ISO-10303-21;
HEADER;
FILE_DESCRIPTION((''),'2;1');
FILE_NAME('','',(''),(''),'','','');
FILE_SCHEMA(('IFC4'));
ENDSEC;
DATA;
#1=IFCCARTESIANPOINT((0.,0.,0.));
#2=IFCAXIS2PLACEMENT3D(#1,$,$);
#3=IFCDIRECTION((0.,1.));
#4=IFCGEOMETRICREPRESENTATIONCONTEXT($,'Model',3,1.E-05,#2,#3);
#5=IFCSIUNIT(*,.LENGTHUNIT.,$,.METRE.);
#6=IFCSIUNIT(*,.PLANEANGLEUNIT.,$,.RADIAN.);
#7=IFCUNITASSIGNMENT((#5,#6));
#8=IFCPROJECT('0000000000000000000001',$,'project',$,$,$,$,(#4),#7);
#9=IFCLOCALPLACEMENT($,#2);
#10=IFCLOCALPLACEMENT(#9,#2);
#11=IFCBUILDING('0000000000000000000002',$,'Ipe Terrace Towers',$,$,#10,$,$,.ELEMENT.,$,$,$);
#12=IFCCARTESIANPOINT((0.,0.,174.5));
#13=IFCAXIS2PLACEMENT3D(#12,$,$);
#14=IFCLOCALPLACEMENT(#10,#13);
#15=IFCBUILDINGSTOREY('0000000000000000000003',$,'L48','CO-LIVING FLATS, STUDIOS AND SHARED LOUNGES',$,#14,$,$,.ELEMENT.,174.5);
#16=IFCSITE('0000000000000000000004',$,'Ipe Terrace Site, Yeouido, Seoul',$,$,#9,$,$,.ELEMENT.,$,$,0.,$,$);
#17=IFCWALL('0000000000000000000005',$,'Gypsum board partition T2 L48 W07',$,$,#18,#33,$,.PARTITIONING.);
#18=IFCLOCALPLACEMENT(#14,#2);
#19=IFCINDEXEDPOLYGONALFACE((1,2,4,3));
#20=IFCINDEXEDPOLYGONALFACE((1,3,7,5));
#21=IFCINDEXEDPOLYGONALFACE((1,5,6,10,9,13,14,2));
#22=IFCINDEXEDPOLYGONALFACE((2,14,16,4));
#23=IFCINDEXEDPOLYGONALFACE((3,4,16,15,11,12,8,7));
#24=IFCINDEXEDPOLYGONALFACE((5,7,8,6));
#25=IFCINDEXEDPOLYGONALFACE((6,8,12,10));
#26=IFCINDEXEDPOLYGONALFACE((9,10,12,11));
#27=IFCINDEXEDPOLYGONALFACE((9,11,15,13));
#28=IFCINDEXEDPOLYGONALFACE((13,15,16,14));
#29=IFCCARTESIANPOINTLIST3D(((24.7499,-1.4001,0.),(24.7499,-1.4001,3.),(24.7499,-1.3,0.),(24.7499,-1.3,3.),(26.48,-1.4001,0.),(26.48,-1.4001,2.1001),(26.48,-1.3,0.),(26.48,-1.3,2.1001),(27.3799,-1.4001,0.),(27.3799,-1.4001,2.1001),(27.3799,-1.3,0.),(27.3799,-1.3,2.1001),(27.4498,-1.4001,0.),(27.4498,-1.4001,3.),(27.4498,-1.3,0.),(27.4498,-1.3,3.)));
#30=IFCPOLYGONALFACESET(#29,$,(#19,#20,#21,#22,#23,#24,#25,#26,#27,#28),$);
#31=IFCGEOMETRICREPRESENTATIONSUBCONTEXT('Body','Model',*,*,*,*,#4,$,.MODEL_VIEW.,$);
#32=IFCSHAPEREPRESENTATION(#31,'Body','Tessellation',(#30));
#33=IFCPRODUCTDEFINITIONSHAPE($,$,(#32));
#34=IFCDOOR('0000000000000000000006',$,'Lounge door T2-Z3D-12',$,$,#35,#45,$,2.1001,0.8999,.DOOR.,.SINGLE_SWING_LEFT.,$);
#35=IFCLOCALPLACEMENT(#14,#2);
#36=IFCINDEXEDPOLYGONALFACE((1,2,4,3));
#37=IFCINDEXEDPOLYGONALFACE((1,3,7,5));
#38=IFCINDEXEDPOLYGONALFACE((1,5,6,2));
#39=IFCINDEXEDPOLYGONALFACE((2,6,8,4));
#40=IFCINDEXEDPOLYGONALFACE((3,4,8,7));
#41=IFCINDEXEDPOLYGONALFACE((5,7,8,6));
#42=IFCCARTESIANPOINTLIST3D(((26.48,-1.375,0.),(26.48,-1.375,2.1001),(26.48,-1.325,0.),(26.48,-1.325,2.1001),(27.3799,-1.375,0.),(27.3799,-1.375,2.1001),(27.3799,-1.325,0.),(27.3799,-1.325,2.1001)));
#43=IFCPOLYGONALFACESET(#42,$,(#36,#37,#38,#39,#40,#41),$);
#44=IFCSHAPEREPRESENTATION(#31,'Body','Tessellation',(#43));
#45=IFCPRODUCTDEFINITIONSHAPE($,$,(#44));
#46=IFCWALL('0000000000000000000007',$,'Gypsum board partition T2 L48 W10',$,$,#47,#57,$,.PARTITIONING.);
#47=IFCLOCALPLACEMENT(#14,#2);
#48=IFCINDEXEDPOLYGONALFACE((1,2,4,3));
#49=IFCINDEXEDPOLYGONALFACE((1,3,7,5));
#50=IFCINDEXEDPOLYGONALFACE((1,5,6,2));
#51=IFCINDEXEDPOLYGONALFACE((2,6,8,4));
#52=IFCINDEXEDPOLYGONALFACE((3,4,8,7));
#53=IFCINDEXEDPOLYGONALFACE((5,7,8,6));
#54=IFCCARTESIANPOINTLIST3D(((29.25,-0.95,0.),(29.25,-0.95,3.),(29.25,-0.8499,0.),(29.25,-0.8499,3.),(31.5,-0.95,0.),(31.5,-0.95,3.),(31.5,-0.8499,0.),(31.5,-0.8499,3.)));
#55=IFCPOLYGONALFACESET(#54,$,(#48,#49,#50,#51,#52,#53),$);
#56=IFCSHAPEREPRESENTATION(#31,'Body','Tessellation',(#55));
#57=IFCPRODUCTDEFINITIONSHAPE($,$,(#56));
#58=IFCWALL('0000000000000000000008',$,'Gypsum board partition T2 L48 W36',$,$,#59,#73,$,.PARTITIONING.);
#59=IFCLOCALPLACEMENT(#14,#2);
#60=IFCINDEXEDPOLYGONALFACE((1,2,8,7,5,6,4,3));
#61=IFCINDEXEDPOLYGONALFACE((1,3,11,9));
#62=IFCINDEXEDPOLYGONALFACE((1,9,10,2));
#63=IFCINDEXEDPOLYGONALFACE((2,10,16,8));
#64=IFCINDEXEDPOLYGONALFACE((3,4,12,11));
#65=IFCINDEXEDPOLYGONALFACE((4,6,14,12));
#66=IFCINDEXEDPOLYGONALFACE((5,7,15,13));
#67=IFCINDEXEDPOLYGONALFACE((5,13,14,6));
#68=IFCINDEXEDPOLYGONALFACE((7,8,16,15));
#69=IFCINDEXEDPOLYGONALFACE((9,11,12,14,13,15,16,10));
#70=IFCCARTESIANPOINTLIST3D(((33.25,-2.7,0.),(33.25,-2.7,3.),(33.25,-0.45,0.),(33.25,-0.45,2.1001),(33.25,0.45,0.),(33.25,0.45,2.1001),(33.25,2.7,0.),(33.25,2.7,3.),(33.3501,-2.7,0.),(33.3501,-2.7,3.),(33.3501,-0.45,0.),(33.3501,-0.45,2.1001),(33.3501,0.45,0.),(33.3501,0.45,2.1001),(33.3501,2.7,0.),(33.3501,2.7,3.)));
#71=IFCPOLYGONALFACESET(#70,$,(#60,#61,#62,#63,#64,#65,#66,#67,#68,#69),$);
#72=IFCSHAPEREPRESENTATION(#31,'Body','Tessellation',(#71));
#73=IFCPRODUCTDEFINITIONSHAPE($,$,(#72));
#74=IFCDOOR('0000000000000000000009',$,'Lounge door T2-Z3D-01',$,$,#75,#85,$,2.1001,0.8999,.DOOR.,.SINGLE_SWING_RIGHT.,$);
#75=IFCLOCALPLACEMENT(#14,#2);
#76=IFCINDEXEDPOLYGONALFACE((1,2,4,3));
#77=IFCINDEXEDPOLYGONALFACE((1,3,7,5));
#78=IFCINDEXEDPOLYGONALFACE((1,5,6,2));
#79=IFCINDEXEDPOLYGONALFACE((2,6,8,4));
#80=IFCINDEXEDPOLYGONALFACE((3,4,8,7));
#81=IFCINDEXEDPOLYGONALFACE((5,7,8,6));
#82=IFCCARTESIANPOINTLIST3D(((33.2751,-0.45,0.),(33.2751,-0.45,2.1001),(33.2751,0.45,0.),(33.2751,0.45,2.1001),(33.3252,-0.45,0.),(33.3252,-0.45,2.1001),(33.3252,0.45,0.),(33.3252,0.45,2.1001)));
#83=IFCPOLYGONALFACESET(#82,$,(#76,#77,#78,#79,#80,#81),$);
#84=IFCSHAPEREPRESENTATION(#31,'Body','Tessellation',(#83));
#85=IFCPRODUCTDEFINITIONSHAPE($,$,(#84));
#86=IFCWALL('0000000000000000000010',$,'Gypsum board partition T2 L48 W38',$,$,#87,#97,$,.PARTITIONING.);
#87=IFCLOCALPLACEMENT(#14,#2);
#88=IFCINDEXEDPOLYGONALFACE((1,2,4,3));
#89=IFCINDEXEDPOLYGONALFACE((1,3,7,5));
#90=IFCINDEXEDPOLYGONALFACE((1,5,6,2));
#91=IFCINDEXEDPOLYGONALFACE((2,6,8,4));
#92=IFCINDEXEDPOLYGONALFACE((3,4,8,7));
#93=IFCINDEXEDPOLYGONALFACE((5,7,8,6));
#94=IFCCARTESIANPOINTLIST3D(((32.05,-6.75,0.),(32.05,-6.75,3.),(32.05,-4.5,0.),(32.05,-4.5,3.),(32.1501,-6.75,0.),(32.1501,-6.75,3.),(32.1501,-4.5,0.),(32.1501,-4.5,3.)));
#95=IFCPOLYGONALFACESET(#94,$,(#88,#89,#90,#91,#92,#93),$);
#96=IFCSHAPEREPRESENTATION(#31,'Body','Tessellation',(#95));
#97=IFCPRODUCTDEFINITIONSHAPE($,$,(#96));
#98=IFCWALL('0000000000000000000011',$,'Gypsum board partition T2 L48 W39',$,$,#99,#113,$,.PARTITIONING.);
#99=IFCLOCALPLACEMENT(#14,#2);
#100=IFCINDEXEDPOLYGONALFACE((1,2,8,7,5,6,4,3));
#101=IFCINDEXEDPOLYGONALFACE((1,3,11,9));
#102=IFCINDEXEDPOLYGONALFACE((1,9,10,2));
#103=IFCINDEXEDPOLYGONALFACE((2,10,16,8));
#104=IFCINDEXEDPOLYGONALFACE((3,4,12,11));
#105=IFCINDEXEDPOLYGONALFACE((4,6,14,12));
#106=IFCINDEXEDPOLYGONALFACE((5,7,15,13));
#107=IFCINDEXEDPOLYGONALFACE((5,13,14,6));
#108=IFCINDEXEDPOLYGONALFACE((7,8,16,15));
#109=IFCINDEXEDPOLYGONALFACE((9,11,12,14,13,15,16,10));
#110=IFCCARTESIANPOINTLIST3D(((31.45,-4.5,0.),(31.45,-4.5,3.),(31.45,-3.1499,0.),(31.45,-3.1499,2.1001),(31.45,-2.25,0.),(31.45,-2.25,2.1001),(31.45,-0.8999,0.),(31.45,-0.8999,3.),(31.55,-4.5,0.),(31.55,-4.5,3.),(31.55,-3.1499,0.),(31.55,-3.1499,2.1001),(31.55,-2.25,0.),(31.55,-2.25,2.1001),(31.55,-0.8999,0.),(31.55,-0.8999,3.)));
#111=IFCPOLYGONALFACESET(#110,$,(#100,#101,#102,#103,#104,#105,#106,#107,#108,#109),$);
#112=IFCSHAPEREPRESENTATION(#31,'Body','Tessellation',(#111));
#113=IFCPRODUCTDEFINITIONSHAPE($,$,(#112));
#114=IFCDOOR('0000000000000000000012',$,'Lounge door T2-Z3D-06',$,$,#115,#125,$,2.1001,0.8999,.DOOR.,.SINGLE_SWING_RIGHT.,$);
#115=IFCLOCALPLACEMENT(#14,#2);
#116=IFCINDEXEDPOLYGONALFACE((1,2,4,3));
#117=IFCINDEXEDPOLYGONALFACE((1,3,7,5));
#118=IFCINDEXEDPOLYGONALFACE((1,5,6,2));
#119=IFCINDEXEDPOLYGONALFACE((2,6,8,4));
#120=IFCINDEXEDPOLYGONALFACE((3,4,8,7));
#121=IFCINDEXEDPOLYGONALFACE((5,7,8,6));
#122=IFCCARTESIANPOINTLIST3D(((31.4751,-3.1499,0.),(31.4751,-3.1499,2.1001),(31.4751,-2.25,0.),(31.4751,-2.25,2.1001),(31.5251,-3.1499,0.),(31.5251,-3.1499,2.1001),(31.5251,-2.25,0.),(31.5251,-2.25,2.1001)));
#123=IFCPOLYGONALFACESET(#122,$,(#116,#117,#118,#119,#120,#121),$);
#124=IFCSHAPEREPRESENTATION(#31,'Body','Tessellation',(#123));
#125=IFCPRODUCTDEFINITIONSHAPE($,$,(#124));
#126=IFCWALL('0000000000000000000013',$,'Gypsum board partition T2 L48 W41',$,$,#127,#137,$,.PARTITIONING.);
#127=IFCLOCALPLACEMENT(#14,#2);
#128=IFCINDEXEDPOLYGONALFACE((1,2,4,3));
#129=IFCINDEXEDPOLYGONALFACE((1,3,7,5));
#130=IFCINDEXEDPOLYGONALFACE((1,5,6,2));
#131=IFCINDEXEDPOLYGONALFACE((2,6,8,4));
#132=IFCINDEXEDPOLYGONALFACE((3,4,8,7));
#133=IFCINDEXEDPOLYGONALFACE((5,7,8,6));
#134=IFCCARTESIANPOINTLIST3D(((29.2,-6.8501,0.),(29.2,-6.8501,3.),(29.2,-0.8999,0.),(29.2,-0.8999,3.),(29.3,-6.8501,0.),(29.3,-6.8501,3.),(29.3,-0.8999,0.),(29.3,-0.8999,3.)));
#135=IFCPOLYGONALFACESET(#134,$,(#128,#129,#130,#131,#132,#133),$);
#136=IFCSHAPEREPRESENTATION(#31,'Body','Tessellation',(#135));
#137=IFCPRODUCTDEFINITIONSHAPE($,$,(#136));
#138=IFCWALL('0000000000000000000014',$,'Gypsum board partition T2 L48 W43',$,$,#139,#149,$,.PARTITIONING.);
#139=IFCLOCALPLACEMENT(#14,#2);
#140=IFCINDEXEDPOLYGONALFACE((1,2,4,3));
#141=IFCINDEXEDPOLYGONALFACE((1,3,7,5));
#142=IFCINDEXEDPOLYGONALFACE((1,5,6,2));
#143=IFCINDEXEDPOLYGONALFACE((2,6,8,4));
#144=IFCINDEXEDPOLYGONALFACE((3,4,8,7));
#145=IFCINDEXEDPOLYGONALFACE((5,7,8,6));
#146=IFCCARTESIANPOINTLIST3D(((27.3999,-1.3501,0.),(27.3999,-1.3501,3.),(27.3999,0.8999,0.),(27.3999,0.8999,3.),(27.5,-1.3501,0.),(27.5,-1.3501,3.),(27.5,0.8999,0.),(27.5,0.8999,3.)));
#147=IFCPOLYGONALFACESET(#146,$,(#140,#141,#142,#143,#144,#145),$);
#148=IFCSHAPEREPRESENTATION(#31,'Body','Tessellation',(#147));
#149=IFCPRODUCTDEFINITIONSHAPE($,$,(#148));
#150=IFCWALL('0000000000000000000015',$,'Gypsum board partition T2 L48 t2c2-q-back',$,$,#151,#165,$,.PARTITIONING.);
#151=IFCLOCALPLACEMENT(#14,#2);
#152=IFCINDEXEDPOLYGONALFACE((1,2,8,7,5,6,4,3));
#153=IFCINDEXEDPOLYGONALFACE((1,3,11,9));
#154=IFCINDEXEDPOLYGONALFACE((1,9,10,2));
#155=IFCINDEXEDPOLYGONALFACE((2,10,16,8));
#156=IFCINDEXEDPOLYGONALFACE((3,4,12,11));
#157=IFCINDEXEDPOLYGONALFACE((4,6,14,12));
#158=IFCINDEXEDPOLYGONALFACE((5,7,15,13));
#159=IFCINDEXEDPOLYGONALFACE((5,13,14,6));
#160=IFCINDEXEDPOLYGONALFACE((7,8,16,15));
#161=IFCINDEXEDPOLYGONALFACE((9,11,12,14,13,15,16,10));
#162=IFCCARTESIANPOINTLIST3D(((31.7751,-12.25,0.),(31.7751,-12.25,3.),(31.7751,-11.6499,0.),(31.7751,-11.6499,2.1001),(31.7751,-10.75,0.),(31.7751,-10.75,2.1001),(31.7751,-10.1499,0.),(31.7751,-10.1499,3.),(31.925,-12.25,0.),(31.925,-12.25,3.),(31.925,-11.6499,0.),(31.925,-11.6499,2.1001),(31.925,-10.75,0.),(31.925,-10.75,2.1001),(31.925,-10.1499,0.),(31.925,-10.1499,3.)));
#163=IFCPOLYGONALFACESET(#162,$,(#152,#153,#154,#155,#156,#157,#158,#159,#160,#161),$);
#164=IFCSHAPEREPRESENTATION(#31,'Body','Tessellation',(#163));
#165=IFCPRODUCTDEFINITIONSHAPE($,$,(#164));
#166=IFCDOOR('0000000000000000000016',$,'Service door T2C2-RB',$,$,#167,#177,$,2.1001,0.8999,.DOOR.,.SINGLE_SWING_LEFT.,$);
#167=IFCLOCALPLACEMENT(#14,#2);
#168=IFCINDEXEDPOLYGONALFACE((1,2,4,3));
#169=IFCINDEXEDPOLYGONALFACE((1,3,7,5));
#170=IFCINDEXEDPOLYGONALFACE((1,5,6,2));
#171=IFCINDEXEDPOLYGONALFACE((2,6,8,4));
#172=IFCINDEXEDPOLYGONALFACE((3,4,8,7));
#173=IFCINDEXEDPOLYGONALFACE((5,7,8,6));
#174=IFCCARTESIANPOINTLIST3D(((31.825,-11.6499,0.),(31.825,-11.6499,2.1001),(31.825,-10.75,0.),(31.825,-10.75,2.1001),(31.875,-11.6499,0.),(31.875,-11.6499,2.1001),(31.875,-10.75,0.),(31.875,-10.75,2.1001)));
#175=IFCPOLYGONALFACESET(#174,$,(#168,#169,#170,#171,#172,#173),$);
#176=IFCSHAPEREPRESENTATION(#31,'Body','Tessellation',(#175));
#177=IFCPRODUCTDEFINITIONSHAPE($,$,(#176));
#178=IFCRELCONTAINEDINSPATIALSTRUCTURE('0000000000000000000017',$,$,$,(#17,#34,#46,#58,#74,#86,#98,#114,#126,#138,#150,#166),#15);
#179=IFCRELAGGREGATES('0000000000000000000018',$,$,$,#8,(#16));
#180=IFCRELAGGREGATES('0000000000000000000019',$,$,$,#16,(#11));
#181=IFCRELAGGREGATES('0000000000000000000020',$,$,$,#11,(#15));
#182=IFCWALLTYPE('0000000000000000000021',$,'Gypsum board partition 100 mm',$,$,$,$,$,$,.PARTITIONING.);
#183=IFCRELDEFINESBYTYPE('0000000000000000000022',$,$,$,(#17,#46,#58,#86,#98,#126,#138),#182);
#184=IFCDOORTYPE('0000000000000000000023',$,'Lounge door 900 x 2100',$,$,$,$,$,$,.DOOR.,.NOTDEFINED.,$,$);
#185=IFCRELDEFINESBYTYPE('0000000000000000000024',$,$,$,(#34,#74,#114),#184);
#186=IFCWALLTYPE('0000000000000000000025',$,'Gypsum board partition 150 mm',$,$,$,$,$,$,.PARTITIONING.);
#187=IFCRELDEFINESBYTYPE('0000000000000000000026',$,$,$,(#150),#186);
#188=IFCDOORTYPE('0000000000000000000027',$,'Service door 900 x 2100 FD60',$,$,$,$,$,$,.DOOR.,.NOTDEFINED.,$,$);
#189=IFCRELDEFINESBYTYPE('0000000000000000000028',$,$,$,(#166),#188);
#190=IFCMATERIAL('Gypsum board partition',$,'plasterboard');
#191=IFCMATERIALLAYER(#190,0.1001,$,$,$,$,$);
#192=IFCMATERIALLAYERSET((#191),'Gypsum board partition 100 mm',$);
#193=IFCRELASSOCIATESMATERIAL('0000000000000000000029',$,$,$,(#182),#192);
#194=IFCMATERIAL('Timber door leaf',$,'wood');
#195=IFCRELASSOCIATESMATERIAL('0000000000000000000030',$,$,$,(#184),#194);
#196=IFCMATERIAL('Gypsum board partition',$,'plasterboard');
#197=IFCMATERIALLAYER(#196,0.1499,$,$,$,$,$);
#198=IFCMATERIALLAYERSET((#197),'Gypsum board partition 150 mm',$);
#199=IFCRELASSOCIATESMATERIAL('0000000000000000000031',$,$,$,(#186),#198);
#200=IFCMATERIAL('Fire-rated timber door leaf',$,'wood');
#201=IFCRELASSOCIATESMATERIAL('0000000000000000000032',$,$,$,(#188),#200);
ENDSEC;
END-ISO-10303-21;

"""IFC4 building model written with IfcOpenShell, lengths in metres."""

from ifc_helpers import new_model, si_unit, direction, frame, frame_2d, origin, place, context, subcontext, project, spatial, rectangle, extrude, material, layer, layer_set, type_object, element, fill, save


model = new_model("IFC4")

# Units and contexts
model_context = context("Model", 3, precision=1e-05, world=origin(), true_north=direction((0.0, 1.0)))
body_context = subcontext(model_context, "Body", "Model", "MODEL_VIEW")
ifc_project = project(units=[si_unit("LENGTHUNIT", "METRE"), si_unit("PLANEANGLEUNIT", "RADIAN")], contexts=[model_context])

# Site, building, storey
site_placement = place(None, origin())
site = spatial("IfcSite", under=ifc_project, at=site_placement, Name="Ipe Terrace Site, Yeouido, Seoul", CompositionType="ELEMENT", RefElevation=0.0)
building_placement = place(site_placement, origin())
building = spatial("IfcBuilding", under=site, at=building_placement, Name="Ipe Terrace Towers", CompositionType="ELEMENT")
storey_placement = place(building_placement, frame((0.0, 0.0, 174.5)))
storey = spatial("IfcBuildingStorey", under=building, at=storey_placement, Name="L48", Description="CO-LIVING FLATS, STUDIOS AND SHARED LOUNGES", CompositionType="ELEMENT", Elevation=174.5)

# Wall, opening, door
ifc_material_1 = material(Name="Gypsum board partition", Category="plasterboard")
ifc_layer_1 = layer(ifc_material_1, 0.1001)
ifc_layer_set_1 = layer_set([ifc_layer_1], Name="Gypsum board partition 100 mm")
wall_type_1 = type_object("IfcWallType", Name="Gypsum board partition 100 mm", PredefinedType="PARTITIONING", material=ifc_layer_set_1)
ifc_material_2 = material(Name="Timber door leaf", Category="wood")
door_type_1 = type_object("IfcDoorType", Name="Lounge door 900 x 2100", OperationType="NOTDEFINED", PredefinedType="DOOR", material=ifc_material_2)
wall_1_placement = place(storey_placement, frame((27.45, -1.3501, 0.0), z_axis=(0.0, 0.0, 1.0), x_axis=(-1.0, 0.0, 0.0)))
wall_1 = element("IfcWall", 1, at=wall_1_placement, inside=storey, type_object=wall_type_1, Name="Gypsum board partition T2 L48 W07", PredefinedType="PARTITIONING", context=body_context, shape_type="SweptSolid", body=[
    extrude(rectangle(XDim=2.7, YDim=0.1001, at=frame_2d((1.3501, 0.0))), origin(), (0.0, 0.0, 1.0), 3.0),
])
opening_1_placement = place(wall_1_placement, frame((0.0701, 0.0, 0.0)))
opening_1 = element("IfcOpeningElement", 2, at=opening_1_placement, cuts=wall_1, PredefinedType="OPENING", context=body_context, shape_type="SweptSolid", body=[
    extrude(rectangle(XDim=0.8999, YDim=2.1001, at=frame_2d((0.45, 1.05))), frame((0.0, 0.0601, 0.0), z_axis=(0.0, -1.0, 0.0), x_axis=(1.0, 0.0, 0.0)), (0.0, 0.0, 1.0), 0.1201),
])
door_1_placement = place(opening_1_placement, origin())
door_1 = element("IfcDoor", 3, at=door_1_placement, inside=storey, type_object=door_type_1, Name="Lounge door T2-Z3D-12", OperationType="SINGLE_SWING_LEFT", OverallHeight=2.1001, OverallWidth=0.8999, PredefinedType="DOOR", context=body_context, shape_type="SweptSolid", body=[
    extrude(rectangle(XDim=0.8999, YDim=2.1001, at=frame_2d((0.45, 1.05))), frame((0.0, 0.0249, 0.0), z_axis=(0.0, -1.0, 0.0), x_axis=(1.0, 0.0, 0.0)), (0.0, 0.0, 1.0), 0.05),
])
fill(opening_1, door_1)

# Wall
wall_2_placement = place(storey_placement, frame((31.5, -0.8999, 0.0), z_axis=(0.0, 0.0, 1.0), x_axis=(-1.0, 0.0, 0.0)))
element("IfcWall", 4, at=wall_2_placement, inside=storey, type_object=wall_type_1, Name="Gypsum board partition T2 L48 W10", PredefinedType="PARTITIONING", context=body_context, shape_type="SweptSolid", body=[
    extrude(rectangle(XDim=2.25, YDim=0.1001, at=frame_2d((1.125, 0.0))), origin(), (0.0, 0.0, 1.0), 3.0),
])

# Wall, opening, door
wall_3_placement = place(storey_placement, frame((33.3, -2.7, 0.0), z_axis=(0.0, 0.0, 1.0), x_axis=(0.0, 1.0, 0.0)))
wall_3 = element("IfcWall", 5, at=wall_3_placement, inside=storey, type_object=wall_type_1, Name="Gypsum board partition T2 L48 W36", PredefinedType="PARTITIONING", context=body_context, shape_type="SweptSolid", body=[
    extrude(rectangle(XDim=5.3999, YDim=0.1001, at=frame_2d((2.7, 0.0))), origin(), (0.0, 0.0, 1.0), 3.0),
])
opening_2_placement = place(wall_3_placement, frame((2.25, 0.0, 0.0)))
opening_2 = element("IfcOpeningElement", 6, at=opening_2_placement, cuts=wall_3, PredefinedType="OPENING", context=body_context, shape_type="SweptSolid", body=[
    extrude(rectangle(XDim=0.8999, YDim=2.1001, at=frame_2d((0.45, 1.05))), frame((0.0, 0.0601, 0.0), z_axis=(0.0, -1.0, 0.0), x_axis=(1.0, 0.0, 0.0)), (0.0, 0.0, 1.0), 0.1201),
])
door_2_placement = place(opening_2_placement, origin())
door_2 = element("IfcDoor", 7, at=door_2_placement, inside=storey, type_object=door_type_1, Name="Lounge door T2-Z3D-01", OperationType="SINGLE_SWING_RIGHT", OverallHeight=2.1001, OverallWidth=0.8999, PredefinedType="DOOR", context=body_context, shape_type="SweptSolid", body=[
    extrude(rectangle(XDim=0.8999, YDim=2.1001, at=frame_2d((0.45, 1.05))), frame((0.0, 0.0249, 0.0), z_axis=(0.0, -1.0, 0.0), x_axis=(1.0, 0.0, 0.0)), (0.0, 0.0, 1.0), 0.05),
])
fill(opening_2, door_2)

# Wall
wall_4_placement = place(storey_placement, frame((32.1001, -6.75, 0.0), z_axis=(0.0, 0.0, 1.0), x_axis=(0.0, 1.0, 0.0)))
element("IfcWall", 8, at=wall_4_placement, inside=storey, type_object=wall_type_1, Name="Gypsum board partition T2 L48 W38", PredefinedType="PARTITIONING", context=body_context, shape_type="SweptSolid", body=[
    extrude(rectangle(XDim=2.25, YDim=0.1001, at=frame_2d((1.125, 0.0))), origin(), (0.0, 0.0, 1.0), 3.0),
])

# Wall, opening, door
wall_5_placement = place(storey_placement, frame((31.5, -4.5, 0.0), z_axis=(0.0, 0.0, 1.0), x_axis=(0.0, 1.0, 0.0)))
wall_5 = element("IfcWall", 9, at=wall_5_placement, inside=storey, type_object=wall_type_1, Name="Gypsum board partition T2 L48 W39", PredefinedType="PARTITIONING", context=body_context, shape_type="SweptSolid", body=[
    extrude(rectangle(XDim=3.6001, YDim=0.1001, at=frame_2d((1.8, 0.0))), origin(), (0.0, 0.0, 1.0), 3.0),
])
opening_3_placement = place(wall_5_placement, frame((1.3501, 0.0, 0.0)))
opening_3 = element("IfcOpeningElement", 10, at=opening_3_placement, cuts=wall_5, PredefinedType="OPENING", context=body_context, shape_type="SweptSolid", body=[
    extrude(rectangle(XDim=0.8999, YDim=2.1001, at=frame_2d((0.45, 1.05))), frame((0.0, 0.0601, 0.0), z_axis=(0.0, -1.0, 0.0), x_axis=(1.0, 0.0, 0.0)), (0.0, 0.0, 1.0), 0.1201),
])
door_3_placement = place(opening_3_placement, origin())
door_3 = element("IfcDoor", 11, at=door_3_placement, inside=storey, type_object=door_type_1, Name="Lounge door T2-Z3D-06", OperationType="SINGLE_SWING_RIGHT", OverallHeight=2.1001, OverallWidth=0.8999, PredefinedType="DOOR", context=body_context, shape_type="SweptSolid", body=[
    extrude(rectangle(XDim=0.8999, YDim=2.1001, at=frame_2d((0.45, 1.05))), frame((0.0, 0.0249, 0.0), z_axis=(0.0, -1.0, 0.0), x_axis=(1.0, 0.0, 0.0)), (0.0, 0.0, 1.0), 0.05),
])
fill(opening_3, door_3)

# Walls
wall_6_placement = place(storey_placement, frame((29.25, -6.8501, 0.0), z_axis=(0.0, 0.0, 1.0), x_axis=(0.0, 1.0, 0.0)))
element("IfcWall", 12, at=wall_6_placement, inside=storey, type_object=wall_type_1, Name="Gypsum board partition T2 L48 W41", PredefinedType="PARTITIONING", context=body_context, shape_type="SweptSolid", body=[
    extrude(rectangle(XDim=5.9502, YDim=0.1001, at=frame_2d((2.9751, 0.0))), origin(), (0.0, 0.0, 1.0), 3.0),
])
wall_7_placement = place(storey_placement, frame((27.45, -1.3501, 0.0), z_axis=(0.0, 0.0, 1.0), x_axis=(0.0, 1.0, 0.0)))
element("IfcWall", 13, at=wall_7_placement, inside=storey, type_object=wall_type_1, Name="Gypsum board partition T2 L48 W43", PredefinedType="PARTITIONING", context=body_context, shape_type="SweptSolid", body=[
    extrude(rectangle(XDim=2.25, YDim=0.1001, at=frame_2d((1.125, 0.0))), origin(), (0.0, 0.0, 1.0), 3.0),
])

# Wall, opening, door
ifc_material_3 = material(Name="Gypsum board partition", Category="plasterboard")
ifc_layer_2 = layer(ifc_material_3, 0.1499)
ifc_layer_set_2 = layer_set([ifc_layer_2], Name="Gypsum board partition 150 mm")
wall_type_2 = type_object("IfcWallType", Name="Gypsum board partition 150 mm", PredefinedType="PARTITIONING", material=ifc_layer_set_2)
wall_8_placement = place(storey_placement, frame((31.8501, -10.1499, 0.0), z_axis=(0.0, 0.0, 1.0), x_axis=(0.0, -1.0, 0.0)))
wall_8 = element("IfcWall", 14, at=wall_8_placement, inside=storey, type_object=wall_type_2, Name="Gypsum board partition T2 L48 t2c2-q-back", PredefinedType="PARTITIONING", context=body_context, shape_type="SweptSolid", body=[
    extrude(rectangle(XDim=2.1001, YDim=0.1499, at=frame_2d((1.05, 0.0))), origin(), (0.0, 0.0, 1.0), 3.0),
])
opening_4_placement = place(wall_8_placement, frame((0.6001, 0.0, 0.0)))
opening_4 = element("IfcOpeningElement", 15, at=opening_4_placement, cuts=wall_8, PredefinedType="OPENING", context=body_context, shape_type="SweptSolid", body=[
    extrude(rectangle(XDim=0.8999, YDim=2.1001, at=frame_2d((0.45, 1.05))), frame((0.0, 0.085, 0.0), z_axis=(0.0, -1.0, 0.0), x_axis=(1.0, 0.0, 0.0)), (0.0, 0.0, 1.0), 0.1699),
])
ifc_material_4 = material(Name="Fire-rated timber door leaf", Category="wood")
door_type_2 = type_object("IfcDoorType", Name="Service door 900 x 2100 FD60", OperationType="NOTDEFINED", PredefinedType="DOOR", material=ifc_material_4)
door_4_placement = place(opening_4_placement, origin())
door_4 = element("IfcDoor", 16, at=door_4_placement, inside=storey, type_object=door_type_2, Name="Service door T2C2-RB", OperationType="SINGLE_SWING_LEFT", OverallHeight=2.1001, OverallWidth=0.8999, PredefinedType="DOOR", context=body_context, shape_type="SweptSolid", body=[
    extrude(rectangle(XDim=0.8999, YDim=2.1001, at=frame_2d((0.45, 1.05))), frame((0.0, 0.0249, 0.0), z_axis=(0.0, -1.0, 0.0), x_axis=(1.0, 0.0, 0.0)), (0.0, 0.0, 1.0), 0.05),
])
fill(opening_4, door_4)

save(model, "model.ifc")
